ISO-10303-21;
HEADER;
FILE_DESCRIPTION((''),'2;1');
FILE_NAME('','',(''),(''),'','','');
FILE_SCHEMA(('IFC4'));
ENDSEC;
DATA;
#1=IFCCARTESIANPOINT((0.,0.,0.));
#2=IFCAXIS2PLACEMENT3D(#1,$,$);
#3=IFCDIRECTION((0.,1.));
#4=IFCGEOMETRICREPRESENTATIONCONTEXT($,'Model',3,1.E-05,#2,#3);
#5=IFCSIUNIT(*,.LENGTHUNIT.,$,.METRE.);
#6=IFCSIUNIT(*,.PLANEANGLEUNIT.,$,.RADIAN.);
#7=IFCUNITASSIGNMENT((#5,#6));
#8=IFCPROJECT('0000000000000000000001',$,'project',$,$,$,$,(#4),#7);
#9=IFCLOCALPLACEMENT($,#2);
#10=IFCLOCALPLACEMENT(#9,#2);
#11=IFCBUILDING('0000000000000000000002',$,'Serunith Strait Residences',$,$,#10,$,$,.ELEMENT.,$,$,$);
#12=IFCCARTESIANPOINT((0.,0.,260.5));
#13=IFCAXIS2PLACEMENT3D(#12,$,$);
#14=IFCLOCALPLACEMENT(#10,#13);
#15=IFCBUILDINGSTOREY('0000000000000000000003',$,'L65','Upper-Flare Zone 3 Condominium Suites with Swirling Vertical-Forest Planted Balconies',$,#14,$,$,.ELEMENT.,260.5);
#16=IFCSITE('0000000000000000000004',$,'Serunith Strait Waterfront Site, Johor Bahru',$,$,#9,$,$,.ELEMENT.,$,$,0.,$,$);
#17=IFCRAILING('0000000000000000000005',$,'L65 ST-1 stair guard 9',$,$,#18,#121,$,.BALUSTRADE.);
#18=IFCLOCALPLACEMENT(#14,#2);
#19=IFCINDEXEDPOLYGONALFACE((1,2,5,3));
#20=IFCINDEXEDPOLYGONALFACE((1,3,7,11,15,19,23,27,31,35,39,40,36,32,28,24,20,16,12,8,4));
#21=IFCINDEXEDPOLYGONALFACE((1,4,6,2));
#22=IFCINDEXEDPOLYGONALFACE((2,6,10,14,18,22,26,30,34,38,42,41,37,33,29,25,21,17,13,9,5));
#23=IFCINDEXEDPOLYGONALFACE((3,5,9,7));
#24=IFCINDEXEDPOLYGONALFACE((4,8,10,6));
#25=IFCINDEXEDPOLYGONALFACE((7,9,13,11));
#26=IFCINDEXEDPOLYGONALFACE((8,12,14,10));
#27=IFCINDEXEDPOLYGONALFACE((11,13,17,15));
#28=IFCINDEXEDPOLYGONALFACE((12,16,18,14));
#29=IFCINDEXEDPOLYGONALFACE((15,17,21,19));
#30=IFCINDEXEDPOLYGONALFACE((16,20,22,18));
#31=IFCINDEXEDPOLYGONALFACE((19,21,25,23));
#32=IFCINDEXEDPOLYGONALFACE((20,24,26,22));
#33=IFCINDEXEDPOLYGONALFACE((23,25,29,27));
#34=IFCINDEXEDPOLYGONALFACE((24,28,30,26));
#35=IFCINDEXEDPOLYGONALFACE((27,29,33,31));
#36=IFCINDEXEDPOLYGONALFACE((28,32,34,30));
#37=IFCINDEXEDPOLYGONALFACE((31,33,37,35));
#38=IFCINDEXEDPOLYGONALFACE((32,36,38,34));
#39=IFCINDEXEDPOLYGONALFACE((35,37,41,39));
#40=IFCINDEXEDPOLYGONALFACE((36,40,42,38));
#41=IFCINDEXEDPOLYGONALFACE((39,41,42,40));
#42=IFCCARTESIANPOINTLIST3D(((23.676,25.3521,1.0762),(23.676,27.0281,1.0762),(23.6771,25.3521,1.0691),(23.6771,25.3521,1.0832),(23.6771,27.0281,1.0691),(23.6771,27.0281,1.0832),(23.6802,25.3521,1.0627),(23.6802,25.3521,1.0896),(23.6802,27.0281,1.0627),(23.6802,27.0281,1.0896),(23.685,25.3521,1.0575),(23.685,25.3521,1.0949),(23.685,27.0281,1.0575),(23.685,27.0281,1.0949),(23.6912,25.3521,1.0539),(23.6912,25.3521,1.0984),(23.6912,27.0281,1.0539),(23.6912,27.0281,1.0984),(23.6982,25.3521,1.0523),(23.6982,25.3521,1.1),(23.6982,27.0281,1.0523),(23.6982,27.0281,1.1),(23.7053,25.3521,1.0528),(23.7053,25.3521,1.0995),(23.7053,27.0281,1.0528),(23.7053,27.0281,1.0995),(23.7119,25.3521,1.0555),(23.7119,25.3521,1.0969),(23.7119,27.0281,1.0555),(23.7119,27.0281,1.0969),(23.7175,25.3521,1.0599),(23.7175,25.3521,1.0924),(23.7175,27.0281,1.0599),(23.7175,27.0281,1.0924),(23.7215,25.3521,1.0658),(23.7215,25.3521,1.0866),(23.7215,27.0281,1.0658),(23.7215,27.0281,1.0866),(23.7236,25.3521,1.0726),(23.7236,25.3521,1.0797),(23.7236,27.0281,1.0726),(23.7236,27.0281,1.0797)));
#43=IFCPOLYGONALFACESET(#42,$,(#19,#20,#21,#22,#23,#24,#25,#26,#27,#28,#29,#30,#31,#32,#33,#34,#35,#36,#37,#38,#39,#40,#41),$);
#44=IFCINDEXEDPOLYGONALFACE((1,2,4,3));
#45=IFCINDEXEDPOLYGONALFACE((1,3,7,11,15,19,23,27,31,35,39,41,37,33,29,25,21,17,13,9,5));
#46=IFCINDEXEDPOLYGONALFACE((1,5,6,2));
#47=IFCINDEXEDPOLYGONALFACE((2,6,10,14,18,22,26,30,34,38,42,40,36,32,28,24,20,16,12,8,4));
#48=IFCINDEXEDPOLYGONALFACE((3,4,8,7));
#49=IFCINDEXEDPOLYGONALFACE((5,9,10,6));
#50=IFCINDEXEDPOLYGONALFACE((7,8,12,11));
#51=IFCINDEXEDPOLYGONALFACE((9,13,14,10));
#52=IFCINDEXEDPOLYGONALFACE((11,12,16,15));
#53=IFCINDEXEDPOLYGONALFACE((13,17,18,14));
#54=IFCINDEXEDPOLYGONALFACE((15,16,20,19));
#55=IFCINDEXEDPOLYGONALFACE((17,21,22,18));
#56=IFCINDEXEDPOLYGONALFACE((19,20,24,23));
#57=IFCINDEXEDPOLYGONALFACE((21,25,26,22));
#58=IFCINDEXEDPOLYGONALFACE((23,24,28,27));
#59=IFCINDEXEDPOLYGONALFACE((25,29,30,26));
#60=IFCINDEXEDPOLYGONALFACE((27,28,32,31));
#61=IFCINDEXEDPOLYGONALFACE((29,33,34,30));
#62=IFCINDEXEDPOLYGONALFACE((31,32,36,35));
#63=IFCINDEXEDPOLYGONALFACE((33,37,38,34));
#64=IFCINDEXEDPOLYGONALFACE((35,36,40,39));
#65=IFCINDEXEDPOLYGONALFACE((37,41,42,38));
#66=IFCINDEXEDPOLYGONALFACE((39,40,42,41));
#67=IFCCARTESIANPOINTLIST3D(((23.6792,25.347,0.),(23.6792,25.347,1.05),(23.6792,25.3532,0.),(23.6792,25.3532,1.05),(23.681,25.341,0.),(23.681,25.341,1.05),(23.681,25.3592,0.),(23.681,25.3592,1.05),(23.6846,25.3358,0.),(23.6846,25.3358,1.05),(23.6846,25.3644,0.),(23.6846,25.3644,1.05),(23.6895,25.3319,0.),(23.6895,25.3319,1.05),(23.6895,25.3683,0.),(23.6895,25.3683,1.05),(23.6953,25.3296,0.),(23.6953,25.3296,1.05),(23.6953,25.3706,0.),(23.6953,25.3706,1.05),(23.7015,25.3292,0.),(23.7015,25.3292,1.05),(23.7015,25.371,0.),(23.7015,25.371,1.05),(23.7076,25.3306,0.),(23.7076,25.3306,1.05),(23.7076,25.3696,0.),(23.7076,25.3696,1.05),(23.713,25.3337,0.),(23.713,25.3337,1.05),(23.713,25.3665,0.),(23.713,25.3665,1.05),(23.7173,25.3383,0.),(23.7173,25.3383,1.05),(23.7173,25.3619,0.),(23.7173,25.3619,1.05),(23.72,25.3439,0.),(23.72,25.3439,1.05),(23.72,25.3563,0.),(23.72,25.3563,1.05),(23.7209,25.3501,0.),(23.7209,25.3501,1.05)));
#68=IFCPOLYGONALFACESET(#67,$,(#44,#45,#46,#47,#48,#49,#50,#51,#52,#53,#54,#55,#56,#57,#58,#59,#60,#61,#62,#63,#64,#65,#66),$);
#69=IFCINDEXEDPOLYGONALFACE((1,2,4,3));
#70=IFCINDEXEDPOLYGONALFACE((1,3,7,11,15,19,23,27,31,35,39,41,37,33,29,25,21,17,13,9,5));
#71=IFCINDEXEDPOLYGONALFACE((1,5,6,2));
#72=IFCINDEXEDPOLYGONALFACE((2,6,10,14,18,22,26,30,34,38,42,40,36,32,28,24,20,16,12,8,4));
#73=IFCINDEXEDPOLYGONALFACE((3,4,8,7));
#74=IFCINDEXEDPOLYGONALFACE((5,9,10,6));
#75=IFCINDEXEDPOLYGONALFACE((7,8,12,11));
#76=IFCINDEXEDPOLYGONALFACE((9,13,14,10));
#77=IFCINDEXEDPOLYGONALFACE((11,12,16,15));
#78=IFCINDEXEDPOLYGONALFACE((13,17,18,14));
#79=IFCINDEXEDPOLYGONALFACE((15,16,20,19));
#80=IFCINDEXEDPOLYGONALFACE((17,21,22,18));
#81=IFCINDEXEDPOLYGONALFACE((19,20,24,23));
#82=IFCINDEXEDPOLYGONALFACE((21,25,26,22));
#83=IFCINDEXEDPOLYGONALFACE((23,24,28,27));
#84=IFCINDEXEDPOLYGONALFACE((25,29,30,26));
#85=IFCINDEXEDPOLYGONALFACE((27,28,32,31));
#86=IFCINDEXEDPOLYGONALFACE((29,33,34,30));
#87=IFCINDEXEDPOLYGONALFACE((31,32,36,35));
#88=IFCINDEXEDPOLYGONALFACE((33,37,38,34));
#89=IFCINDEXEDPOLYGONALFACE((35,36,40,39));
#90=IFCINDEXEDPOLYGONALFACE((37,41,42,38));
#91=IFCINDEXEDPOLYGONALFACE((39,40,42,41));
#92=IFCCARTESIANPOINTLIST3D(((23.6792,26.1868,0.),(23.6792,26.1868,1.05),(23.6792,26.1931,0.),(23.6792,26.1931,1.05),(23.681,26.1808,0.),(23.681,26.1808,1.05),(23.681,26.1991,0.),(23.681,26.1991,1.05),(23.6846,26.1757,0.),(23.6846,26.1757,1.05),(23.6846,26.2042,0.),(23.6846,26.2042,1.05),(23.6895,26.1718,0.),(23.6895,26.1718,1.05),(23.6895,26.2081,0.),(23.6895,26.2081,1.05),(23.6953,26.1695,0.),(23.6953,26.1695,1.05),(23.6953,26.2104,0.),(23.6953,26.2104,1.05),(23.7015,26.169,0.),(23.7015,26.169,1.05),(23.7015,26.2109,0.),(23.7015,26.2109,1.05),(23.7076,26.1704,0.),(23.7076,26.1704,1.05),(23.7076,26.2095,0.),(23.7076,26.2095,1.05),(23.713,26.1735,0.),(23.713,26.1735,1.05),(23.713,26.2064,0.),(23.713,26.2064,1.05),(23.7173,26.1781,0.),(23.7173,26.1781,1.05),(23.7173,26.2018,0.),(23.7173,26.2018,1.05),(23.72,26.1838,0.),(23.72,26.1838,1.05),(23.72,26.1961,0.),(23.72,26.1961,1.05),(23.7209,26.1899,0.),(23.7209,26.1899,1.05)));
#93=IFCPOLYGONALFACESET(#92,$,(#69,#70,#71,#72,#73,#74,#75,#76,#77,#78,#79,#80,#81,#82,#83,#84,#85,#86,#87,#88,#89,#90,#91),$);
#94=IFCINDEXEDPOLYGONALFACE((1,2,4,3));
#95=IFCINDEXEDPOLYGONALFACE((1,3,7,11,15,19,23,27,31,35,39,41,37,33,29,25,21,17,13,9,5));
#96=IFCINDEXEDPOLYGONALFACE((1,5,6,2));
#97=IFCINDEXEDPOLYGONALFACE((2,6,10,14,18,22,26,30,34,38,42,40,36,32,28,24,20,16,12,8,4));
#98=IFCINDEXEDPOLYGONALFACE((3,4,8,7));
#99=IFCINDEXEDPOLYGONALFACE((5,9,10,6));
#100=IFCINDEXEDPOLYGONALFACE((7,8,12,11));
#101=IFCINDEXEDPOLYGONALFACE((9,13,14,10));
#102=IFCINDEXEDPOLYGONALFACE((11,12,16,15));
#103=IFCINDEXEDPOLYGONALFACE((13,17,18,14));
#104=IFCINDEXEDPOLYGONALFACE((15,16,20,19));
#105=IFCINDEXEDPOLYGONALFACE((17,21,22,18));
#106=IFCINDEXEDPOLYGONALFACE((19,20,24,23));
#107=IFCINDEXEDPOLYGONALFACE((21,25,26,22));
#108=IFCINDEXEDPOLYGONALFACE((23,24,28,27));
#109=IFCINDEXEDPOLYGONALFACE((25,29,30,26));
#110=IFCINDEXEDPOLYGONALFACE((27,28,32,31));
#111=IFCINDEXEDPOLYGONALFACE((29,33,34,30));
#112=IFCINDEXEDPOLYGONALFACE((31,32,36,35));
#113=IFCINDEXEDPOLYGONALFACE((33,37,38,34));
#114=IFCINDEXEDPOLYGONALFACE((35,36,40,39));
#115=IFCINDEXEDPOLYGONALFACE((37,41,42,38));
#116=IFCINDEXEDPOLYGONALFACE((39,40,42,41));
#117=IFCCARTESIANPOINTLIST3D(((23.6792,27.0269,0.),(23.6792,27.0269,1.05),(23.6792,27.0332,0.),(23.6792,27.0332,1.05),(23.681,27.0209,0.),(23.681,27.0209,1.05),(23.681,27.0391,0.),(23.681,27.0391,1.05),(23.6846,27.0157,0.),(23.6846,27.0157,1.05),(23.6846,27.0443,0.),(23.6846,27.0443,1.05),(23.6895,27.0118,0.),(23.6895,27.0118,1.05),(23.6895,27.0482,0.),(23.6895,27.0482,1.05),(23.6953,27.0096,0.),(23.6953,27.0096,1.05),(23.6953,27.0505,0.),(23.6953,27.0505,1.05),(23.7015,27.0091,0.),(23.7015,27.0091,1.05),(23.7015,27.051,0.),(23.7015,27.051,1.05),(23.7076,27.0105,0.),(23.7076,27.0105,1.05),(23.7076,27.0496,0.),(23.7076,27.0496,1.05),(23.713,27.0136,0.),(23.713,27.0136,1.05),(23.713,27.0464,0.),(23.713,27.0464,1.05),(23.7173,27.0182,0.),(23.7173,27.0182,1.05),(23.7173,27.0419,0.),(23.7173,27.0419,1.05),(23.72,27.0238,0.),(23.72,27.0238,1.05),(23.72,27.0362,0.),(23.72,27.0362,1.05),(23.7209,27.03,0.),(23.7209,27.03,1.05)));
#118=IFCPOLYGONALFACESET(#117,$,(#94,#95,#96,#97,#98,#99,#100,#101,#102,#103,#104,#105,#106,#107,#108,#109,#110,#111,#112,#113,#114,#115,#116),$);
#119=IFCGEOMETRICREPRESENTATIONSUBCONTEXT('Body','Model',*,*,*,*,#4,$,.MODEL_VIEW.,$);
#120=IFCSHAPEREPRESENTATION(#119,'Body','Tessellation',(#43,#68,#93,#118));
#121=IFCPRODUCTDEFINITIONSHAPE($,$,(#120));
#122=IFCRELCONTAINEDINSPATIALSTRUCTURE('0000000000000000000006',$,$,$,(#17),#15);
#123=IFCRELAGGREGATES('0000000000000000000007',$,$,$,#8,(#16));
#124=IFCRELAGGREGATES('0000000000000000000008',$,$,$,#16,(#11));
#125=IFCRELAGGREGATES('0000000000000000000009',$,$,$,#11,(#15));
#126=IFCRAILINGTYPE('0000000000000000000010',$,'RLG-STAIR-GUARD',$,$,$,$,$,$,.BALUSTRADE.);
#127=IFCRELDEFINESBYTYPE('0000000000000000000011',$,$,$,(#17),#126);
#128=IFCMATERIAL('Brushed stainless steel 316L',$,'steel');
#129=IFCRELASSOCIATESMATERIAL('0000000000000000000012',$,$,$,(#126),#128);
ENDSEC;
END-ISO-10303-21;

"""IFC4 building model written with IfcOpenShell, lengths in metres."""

from ifc_helpers import new_model, si_unit, direction, frame, origin, origin_2d, place, context, subcontext, project, spatial, circle, extrude, material, type_object, element, save


model = new_model("IFC4")

# Units and contexts
model_context = context("Model", 3, precision=1e-05, world=origin(), true_north=direction((0.0, 1.0)))
body_context = subcontext(model_context, "Body", "Model", "MODEL_VIEW")
ifc_project = project(units=[si_unit("LENGTHUNIT", "METRE"), si_unit("PLANEANGLEUNIT", "RADIAN")], contexts=[model_context])

# Site, building, storey
site_placement = place(None, origin())
site = spatial("IfcSite", under=ifc_project, at=site_placement, Name="Serunith Strait Waterfront Site, Johor Bahru", CompositionType="ELEMENT", RefElevation=0.0)
building_placement = place(site_placement, origin())
building = spatial("IfcBuilding", under=site, at=building_placement, Name="Serunith Strait Residences", CompositionType="ELEMENT")
storey_placement = place(building_placement, frame((0.0, 0.0, 260.5)))
storey = spatial("IfcBuildingStorey", under=building, at=storey_placement, Name="L65", Description="Upper-Flare Zone 3 Condominium Suites with Swirling Vertical-Forest Planted Balconies", CompositionType="ELEMENT", Elevation=260.5)

# Railing
ifc_material_1 = material(Name="Brushed stainless steel 316L", Category="steel")
railing_type_1 = type_object("IfcRailingType", Name="RLG-STAIR-GUARD", PredefinedType="BALUSTRADE", material=ifc_material_1)
for number, where, name in (
    (1, (23.7, 25.3501, 0.0), "L65 ST-1 stair guard 9"),
):
    element("IfcRailing", number, at=place(storey_placement, frame(where)), inside=storey, type_object=railing_type_1, Name=name, PredefinedType="BALUSTRADE", context=body_context, shape_type="SweptSolid", body=[
        extrude(circle(Radius=0.0239, at=origin_2d()), frame((0.0, 0.002, 1.0762), z_axis=(0.0, 1.0, 0.0), x_axis=(-1.0, 0.0, 0.0)), (0.0, 0.0, 1.0), 1.676),
        extrude(circle(Radius=0.021, at=origin_2d()), origin(), (0.0, 0.0, 1.0), 1.05),
        extrude(circle(Radius=0.021, at=origin_2d()), frame((0.0, 0.8398, 0.0)), (0.0, 0.0, 1.0), 1.05),
        extrude(circle(Radius=0.021, at=origin_2d()), frame((0.0, 1.6799, 0.0)), (0.0, 0.0, 1.0), 1.05),
    ])

save(model, "model.ifc")
